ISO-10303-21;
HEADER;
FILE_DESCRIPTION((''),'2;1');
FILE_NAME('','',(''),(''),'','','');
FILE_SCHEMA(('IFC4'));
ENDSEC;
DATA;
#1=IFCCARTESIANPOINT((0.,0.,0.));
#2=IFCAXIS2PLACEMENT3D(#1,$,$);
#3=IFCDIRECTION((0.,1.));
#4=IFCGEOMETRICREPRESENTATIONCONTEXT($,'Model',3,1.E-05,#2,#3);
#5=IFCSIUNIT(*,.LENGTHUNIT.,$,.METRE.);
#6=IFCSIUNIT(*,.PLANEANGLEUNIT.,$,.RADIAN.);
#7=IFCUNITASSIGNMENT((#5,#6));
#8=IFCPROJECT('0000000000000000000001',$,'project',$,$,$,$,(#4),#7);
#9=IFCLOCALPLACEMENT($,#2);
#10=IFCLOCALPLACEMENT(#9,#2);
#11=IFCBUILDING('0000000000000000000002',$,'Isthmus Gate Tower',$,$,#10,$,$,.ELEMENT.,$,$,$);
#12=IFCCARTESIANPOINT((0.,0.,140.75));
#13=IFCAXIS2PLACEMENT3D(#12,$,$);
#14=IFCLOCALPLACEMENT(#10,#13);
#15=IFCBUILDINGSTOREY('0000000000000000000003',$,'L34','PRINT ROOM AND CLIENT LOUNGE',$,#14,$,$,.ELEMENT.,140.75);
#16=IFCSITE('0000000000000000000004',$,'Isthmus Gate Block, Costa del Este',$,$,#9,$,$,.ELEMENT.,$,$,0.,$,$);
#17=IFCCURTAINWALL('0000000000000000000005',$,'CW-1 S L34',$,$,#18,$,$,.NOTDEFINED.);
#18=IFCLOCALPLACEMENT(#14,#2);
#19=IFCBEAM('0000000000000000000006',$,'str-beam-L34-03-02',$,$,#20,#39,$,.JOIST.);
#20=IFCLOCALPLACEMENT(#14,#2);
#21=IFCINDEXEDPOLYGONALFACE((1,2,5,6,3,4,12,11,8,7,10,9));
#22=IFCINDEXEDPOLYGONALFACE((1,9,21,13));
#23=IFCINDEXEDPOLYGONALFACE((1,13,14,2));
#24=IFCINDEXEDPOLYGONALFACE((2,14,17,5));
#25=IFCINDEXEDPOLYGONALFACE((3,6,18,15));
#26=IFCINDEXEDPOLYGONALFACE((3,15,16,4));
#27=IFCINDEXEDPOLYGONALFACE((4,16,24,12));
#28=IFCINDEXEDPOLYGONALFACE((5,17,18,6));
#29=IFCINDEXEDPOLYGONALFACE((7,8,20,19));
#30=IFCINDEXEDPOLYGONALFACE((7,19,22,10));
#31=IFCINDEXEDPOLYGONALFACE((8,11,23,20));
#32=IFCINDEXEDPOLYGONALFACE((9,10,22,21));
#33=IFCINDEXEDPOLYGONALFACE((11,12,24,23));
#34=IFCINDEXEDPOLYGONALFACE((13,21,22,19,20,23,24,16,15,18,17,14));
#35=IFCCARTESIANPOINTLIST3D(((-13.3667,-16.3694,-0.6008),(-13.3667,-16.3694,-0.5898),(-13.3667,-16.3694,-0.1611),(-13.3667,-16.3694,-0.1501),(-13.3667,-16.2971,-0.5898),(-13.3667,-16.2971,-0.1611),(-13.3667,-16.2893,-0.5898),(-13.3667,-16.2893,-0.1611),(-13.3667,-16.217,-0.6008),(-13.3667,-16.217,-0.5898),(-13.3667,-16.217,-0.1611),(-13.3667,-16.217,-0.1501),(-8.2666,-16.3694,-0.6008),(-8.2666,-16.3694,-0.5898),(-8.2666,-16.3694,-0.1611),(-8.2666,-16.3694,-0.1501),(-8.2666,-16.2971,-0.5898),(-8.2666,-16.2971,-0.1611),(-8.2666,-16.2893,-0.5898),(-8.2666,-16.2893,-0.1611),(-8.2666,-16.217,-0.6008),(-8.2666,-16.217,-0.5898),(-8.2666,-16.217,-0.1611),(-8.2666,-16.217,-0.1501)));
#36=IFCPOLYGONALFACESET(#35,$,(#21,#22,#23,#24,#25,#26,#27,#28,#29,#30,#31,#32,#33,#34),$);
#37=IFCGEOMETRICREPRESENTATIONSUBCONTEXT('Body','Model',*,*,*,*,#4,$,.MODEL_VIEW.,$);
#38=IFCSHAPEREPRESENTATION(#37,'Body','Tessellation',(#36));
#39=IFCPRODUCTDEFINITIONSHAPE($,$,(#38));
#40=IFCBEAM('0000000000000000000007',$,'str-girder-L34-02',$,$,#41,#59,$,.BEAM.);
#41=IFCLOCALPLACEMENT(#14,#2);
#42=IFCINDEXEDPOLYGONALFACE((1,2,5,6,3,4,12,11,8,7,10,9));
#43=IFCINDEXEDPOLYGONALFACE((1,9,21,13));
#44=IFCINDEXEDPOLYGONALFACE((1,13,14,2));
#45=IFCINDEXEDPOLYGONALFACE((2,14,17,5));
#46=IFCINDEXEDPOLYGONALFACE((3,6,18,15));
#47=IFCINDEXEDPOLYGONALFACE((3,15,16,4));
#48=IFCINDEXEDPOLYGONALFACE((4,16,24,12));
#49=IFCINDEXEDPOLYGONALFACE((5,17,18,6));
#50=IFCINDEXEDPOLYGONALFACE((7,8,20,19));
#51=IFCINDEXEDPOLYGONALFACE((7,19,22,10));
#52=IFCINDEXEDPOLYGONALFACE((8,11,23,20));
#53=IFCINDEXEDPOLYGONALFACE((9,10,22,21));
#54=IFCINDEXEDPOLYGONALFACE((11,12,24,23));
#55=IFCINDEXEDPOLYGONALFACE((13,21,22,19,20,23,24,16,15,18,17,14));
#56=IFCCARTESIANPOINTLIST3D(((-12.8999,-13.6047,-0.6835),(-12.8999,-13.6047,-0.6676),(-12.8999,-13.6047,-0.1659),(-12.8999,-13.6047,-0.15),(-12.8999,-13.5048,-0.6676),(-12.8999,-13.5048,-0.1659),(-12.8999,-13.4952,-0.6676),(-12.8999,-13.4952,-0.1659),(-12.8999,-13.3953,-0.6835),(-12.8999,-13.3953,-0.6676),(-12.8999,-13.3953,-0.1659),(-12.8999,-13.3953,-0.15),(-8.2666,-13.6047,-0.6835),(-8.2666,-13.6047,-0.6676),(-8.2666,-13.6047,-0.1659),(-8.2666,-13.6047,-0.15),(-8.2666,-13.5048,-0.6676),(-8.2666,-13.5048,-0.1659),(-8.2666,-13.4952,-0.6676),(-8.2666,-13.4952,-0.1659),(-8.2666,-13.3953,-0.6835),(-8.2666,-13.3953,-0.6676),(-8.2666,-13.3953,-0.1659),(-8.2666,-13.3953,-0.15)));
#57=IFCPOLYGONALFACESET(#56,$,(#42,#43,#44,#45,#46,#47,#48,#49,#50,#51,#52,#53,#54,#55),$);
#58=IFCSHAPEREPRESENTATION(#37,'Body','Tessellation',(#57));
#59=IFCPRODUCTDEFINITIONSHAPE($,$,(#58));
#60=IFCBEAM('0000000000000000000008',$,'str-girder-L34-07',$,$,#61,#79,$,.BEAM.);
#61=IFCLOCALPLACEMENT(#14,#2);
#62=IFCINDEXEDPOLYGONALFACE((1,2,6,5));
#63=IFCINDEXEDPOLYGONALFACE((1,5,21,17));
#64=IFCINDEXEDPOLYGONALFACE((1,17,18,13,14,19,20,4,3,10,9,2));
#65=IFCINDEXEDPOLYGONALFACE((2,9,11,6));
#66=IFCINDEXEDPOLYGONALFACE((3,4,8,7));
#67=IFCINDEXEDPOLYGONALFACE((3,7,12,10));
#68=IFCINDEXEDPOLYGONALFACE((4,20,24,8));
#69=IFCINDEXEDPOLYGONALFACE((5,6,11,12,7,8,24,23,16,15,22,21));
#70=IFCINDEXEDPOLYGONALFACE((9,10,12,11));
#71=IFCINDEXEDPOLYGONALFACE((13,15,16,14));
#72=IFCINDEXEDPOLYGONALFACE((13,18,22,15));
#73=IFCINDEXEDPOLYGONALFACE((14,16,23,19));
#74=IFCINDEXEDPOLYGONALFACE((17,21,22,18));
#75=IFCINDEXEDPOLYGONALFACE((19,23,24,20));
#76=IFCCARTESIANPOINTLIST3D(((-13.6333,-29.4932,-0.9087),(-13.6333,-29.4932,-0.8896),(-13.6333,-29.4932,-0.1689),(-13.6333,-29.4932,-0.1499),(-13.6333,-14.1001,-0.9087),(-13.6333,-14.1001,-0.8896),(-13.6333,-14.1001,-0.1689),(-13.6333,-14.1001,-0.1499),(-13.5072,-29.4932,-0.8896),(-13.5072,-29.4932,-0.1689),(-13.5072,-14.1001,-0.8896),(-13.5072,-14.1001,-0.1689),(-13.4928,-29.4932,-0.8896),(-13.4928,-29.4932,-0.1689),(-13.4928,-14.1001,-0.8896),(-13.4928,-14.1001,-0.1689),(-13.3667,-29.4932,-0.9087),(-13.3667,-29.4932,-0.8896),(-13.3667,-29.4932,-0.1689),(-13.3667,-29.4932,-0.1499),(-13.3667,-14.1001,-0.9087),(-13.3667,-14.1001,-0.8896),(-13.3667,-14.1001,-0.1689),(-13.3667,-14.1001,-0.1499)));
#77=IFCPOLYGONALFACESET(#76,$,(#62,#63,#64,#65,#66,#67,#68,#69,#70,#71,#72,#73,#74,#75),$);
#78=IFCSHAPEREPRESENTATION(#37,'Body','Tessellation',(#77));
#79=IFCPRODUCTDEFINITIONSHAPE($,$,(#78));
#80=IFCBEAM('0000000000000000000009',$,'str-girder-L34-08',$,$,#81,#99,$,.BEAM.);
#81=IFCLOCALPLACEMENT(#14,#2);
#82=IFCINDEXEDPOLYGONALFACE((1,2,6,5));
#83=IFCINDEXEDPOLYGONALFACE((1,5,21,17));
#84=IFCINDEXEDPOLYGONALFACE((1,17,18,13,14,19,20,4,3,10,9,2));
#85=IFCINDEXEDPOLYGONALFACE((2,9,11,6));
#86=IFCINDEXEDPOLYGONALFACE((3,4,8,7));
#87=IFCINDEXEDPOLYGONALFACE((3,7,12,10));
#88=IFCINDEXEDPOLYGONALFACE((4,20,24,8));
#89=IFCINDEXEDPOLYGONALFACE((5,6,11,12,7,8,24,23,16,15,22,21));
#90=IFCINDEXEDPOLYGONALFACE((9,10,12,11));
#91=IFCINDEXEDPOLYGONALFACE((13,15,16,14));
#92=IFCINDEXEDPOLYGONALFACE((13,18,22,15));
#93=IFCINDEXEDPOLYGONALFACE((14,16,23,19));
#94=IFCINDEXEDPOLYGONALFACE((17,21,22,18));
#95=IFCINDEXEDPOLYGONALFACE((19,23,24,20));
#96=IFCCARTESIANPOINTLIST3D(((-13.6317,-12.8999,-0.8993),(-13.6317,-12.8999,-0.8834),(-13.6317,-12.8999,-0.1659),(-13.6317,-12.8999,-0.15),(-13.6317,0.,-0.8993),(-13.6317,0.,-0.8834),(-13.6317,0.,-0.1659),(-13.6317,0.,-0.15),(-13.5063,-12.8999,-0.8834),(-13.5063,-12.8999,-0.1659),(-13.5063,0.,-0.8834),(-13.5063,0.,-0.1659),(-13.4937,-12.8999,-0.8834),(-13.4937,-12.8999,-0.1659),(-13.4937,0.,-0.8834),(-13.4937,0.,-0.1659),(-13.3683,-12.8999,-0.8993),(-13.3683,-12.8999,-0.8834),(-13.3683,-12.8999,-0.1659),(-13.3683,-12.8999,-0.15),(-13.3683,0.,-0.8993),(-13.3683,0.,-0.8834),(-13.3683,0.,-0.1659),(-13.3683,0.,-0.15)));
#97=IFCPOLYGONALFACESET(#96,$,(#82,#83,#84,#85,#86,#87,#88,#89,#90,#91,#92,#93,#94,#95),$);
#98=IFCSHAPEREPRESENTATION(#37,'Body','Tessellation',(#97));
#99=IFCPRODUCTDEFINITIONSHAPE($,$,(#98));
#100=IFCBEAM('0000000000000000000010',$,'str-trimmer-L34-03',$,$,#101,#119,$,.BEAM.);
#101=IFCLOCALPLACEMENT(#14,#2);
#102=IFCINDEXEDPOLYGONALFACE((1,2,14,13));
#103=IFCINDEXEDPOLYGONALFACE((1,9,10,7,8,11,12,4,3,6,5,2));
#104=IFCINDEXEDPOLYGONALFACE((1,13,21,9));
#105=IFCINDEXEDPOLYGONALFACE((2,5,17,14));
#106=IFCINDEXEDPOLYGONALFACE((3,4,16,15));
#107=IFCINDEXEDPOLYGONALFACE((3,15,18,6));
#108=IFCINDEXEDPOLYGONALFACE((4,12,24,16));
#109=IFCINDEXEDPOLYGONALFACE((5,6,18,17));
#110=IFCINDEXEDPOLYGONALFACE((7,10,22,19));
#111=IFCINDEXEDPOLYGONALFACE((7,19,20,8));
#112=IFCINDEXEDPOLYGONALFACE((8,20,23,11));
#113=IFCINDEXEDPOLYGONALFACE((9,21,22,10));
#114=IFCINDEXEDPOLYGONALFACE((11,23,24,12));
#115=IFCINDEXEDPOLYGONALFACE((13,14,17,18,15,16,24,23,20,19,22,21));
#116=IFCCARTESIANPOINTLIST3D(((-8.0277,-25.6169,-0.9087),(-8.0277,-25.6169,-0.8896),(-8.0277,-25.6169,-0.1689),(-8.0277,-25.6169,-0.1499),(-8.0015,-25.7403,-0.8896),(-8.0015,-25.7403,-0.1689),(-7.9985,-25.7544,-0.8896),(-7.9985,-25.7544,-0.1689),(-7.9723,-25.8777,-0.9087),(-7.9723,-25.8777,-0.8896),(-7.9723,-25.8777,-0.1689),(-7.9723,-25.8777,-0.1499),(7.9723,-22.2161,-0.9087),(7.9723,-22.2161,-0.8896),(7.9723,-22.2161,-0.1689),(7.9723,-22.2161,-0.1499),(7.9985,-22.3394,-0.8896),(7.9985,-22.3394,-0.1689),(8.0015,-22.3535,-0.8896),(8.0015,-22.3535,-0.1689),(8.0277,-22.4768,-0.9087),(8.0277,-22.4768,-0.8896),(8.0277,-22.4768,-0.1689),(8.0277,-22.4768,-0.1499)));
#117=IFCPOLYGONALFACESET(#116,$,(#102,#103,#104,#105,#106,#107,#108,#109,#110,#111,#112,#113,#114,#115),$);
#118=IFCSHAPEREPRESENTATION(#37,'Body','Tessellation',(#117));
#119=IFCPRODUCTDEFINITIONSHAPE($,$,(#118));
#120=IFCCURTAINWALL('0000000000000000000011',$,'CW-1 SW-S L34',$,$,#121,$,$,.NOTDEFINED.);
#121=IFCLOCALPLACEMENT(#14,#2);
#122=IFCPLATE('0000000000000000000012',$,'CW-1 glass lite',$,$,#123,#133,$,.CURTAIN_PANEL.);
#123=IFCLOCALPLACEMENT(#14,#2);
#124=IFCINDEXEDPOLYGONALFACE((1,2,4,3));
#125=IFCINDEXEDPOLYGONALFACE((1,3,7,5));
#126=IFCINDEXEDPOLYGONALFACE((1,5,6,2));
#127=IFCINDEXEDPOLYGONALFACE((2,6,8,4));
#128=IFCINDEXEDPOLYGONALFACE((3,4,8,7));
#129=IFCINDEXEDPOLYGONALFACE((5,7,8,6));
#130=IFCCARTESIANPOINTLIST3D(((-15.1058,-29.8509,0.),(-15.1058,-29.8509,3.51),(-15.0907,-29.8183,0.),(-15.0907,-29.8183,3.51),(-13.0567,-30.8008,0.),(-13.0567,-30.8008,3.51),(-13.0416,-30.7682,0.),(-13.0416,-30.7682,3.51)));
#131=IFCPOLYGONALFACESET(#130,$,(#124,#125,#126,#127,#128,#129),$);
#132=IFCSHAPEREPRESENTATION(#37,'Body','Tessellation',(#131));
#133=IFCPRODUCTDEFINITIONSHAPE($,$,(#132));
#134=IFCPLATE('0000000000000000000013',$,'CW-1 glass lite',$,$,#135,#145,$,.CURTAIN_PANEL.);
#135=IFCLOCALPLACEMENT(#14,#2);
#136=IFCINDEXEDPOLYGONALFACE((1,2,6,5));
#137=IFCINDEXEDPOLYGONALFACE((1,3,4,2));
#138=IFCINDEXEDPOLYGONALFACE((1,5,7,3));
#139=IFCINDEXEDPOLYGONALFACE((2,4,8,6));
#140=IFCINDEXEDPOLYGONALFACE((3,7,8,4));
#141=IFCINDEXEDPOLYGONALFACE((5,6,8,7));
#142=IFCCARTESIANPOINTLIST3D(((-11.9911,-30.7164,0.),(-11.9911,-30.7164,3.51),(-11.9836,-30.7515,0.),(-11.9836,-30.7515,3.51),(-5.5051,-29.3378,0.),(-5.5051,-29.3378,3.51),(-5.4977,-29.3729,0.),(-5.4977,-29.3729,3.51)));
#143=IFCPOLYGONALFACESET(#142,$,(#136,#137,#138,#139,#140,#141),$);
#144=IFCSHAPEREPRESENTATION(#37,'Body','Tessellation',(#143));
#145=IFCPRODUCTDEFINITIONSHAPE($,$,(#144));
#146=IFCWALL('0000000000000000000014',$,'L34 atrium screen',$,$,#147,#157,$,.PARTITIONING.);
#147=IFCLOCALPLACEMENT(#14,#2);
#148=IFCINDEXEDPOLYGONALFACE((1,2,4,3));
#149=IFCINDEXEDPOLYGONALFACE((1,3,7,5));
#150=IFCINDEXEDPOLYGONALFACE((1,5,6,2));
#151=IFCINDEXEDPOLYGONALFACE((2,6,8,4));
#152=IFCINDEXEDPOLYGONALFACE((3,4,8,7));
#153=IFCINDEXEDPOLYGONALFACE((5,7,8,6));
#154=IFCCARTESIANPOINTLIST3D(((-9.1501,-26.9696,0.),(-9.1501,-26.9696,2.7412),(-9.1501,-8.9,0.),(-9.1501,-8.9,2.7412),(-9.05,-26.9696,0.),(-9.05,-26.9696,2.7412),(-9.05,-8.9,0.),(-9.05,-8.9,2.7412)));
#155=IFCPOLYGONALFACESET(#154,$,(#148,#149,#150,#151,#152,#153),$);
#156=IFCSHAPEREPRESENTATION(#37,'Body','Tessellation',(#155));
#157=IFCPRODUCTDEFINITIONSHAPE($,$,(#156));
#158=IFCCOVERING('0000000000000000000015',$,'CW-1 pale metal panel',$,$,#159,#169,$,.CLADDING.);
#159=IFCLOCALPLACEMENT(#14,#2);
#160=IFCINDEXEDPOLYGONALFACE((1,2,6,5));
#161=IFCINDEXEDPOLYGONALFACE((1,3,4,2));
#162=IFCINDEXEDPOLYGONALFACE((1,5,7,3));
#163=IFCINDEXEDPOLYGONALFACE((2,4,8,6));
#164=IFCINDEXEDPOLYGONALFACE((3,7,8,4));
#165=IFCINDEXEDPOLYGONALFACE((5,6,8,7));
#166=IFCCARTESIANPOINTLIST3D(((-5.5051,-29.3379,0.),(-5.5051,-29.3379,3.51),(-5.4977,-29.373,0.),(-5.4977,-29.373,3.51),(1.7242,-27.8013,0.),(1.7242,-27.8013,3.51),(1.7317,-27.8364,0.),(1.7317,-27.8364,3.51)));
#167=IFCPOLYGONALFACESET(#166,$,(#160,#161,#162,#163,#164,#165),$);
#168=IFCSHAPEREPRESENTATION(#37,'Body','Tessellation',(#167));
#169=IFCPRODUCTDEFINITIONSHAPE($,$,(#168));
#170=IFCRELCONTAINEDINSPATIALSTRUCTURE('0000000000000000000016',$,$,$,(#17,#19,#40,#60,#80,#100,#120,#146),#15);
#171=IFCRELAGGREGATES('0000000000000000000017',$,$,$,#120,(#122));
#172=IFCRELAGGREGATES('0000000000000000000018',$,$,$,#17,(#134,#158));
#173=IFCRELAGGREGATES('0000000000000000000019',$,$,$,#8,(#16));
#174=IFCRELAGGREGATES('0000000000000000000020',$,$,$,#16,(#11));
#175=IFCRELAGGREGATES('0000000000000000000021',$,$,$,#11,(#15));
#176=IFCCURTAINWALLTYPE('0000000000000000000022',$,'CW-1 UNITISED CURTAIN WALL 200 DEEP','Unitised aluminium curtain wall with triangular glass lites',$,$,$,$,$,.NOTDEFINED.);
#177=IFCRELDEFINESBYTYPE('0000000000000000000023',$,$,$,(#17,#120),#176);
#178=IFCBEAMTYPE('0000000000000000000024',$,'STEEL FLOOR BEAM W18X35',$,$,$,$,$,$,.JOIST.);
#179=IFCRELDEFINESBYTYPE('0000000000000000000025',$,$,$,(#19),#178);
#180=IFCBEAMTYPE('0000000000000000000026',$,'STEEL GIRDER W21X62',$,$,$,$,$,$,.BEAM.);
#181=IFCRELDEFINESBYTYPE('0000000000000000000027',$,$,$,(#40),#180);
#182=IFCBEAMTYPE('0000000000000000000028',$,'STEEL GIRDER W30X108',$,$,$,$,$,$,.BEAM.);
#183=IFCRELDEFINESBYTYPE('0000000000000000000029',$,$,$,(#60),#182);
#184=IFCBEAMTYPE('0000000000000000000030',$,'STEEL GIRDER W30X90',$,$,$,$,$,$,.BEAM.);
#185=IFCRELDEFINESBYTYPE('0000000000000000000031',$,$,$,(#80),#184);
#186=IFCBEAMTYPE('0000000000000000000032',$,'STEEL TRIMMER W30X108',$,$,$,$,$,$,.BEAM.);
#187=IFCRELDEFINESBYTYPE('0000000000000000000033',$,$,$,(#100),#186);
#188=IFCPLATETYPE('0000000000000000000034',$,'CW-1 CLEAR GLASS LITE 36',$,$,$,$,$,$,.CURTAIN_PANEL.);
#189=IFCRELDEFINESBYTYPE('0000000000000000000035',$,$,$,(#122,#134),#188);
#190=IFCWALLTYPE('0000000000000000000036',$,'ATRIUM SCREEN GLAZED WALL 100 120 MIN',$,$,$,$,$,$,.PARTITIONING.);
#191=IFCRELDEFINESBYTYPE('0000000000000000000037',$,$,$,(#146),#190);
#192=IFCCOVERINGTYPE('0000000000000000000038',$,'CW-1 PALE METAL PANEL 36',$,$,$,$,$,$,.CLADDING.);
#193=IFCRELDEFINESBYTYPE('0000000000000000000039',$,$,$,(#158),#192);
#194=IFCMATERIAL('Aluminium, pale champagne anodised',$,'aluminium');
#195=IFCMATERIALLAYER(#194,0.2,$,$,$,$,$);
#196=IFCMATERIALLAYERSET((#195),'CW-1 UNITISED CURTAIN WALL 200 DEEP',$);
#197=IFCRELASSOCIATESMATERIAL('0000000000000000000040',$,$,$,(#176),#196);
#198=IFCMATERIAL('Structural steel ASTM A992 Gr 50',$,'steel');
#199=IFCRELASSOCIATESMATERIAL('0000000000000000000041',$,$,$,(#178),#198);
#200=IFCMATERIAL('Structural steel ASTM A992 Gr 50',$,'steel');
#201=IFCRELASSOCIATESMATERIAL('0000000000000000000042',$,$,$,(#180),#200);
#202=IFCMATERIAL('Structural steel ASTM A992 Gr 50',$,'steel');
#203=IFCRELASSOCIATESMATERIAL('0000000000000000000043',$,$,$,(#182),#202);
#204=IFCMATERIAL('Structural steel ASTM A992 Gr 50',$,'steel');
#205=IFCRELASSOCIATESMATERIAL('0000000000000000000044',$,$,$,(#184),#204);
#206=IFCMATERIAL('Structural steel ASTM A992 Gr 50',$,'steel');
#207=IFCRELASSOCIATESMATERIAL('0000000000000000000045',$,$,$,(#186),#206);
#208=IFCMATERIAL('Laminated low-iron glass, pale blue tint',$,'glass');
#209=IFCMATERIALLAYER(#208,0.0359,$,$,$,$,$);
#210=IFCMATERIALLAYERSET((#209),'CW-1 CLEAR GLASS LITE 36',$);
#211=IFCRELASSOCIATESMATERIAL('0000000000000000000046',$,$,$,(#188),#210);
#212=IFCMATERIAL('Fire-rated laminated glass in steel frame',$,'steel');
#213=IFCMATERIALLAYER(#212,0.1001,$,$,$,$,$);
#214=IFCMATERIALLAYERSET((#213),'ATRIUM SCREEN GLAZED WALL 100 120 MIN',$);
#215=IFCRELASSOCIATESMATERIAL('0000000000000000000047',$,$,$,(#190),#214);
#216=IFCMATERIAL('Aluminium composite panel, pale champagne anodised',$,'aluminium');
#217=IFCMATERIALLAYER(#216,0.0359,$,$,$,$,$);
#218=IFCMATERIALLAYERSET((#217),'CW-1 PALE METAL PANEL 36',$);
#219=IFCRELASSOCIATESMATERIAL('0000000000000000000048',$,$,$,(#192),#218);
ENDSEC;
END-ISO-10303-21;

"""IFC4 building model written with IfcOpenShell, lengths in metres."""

from ifc_helpers import new_model, si_unit, direction, frame, frame_2d, origin, origin_2d, place, context, subcontext, project, spatial, rectangle, i_section, extrude, material, layer, layer_set, material_profile, profile_set, type_object, element, aggregate, save


model = new_model("IFC4")

# Units and contexts
model_context = context("Model", 3, precision=1e-05, world=origin(), true_north=direction((0.0, 1.0)))
body_context = subcontext(model_context, "Body", "Model", "MODEL_VIEW")
ifc_project = project(units=[si_unit("LENGTHUNIT", "METRE"), si_unit("PLANEANGLEUNIT", "RADIAN")], contexts=[model_context])

# Site, building, storey
site_placement = place(None, origin())
site = spatial("IfcSite", under=ifc_project, at=site_placement, Name="Isthmus Gate Block, Costa del Este", CompositionType="ELEMENT", RefElevation=0.0)
building_placement = place(site_placement, origin())
building = spatial("IfcBuilding", under=site, at=building_placement, Name="Isthmus Gate Tower", CompositionType="ELEMENT")
storey_placement = place(building_placement, frame((0.0, 0.0, 140.75)))
storey = spatial("IfcBuildingStorey", under=building, at=storey_placement, Name="L34", Description="PRINT ROOM AND CLIENT LOUNGE", CompositionType="ELEMENT", Elevation=140.75)

# Curtain wall
ifc_material_1 = material(Name="Aluminium, pale champagne anodised", Category="aluminium")
ifc_layer_1 = layer(ifc_material_1, 0.2)
ifc_layer_set_1 = layer_set([ifc_layer_1], Name="CW-1 UNITISED CURTAIN WALL 200 DEEP")
curtain_wall_type = type_object("IfcCurtainWallType", Name="CW-1 UNITISED CURTAIN WALL 200 DEEP", Description="Unitised aluminium curtain wall with triangular glass lites", PredefinedType="NOTDEFINED", material=ifc_layer_set_1)
curtain_wall_1_placement = place(storey_placement, origin())
curtain_wall_1 = element("IfcCurtainWall", 1, at=curtain_wall_1_placement, inside=storey, type_object=curtain_wall_type, Name="CW-1 S L34", PredefinedType="NOTDEFINED")

# Beams
ifc_material_2 = material(Name="Structural steel ASTM A992 Gr 50", Category="steel")
ifc_material_profile_1 = material_profile(ifc_material_2, i_section(OverallWidth=0.1523, OverallDepth=0.4507, WebThickness=0.0078, FlangeThickness=0.011, at=origin_2d()), Name="W18X35")
ifc_profile_set_1 = profile_set([ifc_material_profile_1], Name="Structural steel ASTM A992 Gr 50")
beam_type_1 = type_object("IfcBeamType", Name="STEEL FLOOR BEAM W18X35", PredefinedType="JOIST", material=ifc_profile_set_1)
for number, where, z_axis, x_axis, name in (
    (2, (-13.3667, -16.2932, -0.3755), (1.0, 0.0, 0.0), (0.0, 1.0, 0.0), "str-beam-L34-03-02"),
):
    element("IfcBeam", number, at=place(storey_placement, frame(where, z_axis=z_axis, x_axis=x_axis)), inside=storey, type_object=beam_type_1, Name=name, PredefinedType="JOIST", context=body_context, shape_type="SweptSolid", body=[
        extrude(i_section(OverallWidth=0.1523, OverallDepth=0.4507, WebThickness=0.0078, FlangeThickness=0.011, at=origin_2d()), origin(), (0.0, 0.0, 1.0), 5.1001),
    ])
ifc_material_3 = material(Name="Structural steel ASTM A992 Gr 50", Category="steel")
ifc_material_profile_2 = material_profile(ifc_material_3, i_section(OverallWidth=0.2095, OverallDepth=0.5334, WebThickness=0.0095, FlangeThickness=0.0159, at=origin_2d()), Name="W21X62")
ifc_profile_set_2 = profile_set([ifc_material_profile_2], Name="Structural steel ASTM A992 Gr 50")
beam_type_2 = type_object("IfcBeamType", Name="STEEL GIRDER W21X62", PredefinedType="BEAM", material=ifc_profile_set_2)
beam_1_placement = place(storey_placement, frame((-12.8999, -13.5, -0.4167), z_axis=(1.0, 0.0, 0.0), x_axis=(0.0, 1.0, 0.0)))
element("IfcBeam", 3, at=beam_1_placement, inside=storey, type_object=beam_type_2, Name="str-girder-L34-02", PredefinedType="BEAM", context=body_context, shape_type="SweptSolid", body=[
    extrude(i_section(OverallWidth=0.2095, OverallDepth=0.5334, WebThickness=0.0095, FlangeThickness=0.0159, at=origin_2d()), origin(), (0.0, 0.0, 1.0), 4.6333),
])
ifc_material_4 = material(Name="Structural steel ASTM A992 Gr 50", Category="steel")
ifc_material_profile_3 = material_profile(ifc_material_4, i_section(OverallWidth=0.2666, OverallDepth=0.7588, WebThickness=0.0144, FlangeThickness=0.019, at=origin_2d()), Name="W30X108")
ifc_profile_set_3 = profile_set([ifc_material_profile_3], Name="Structural steel ASTM A992 Gr 50")
beam_type_3 = type_object("IfcBeamType", Name="STEEL GIRDER W30X108", PredefinedType="BEAM", material=ifc_profile_set_3)
beam_2_placement = place(storey_placement, frame((-13.5, -29.4932, -0.5293), z_axis=(0.0, 1.0, 0.0), x_axis=(-1.0, 0.0, 0.0)))
element("IfcBeam", 4, at=beam_2_placement, inside=storey, type_object=beam_type_3, Name="str-girder-L34-07", PredefinedType="BEAM", context=body_context, shape_type="SweptSolid", body=[
    extrude(i_section(OverallWidth=0.2666, OverallDepth=0.7588, WebThickness=0.0144, FlangeThickness=0.019, at=origin_2d()), origin(), (0.0, 0.0, 1.0), 15.3931),
])
ifc_material_5 = material(Name="Structural steel ASTM A992 Gr 50", Category="steel")
ifc_material_profile_4 = material_profile(ifc_material_5, i_section(OverallWidth=0.2634, OverallDepth=0.7493, WebThickness=0.0127, FlangeThickness=0.0159, at=origin_2d()), Name="W30X90")
ifc_profile_set_4 = profile_set([ifc_material_profile_4], Name="Structural steel ASTM A992 Gr 50")
beam_type_4 = type_object("IfcBeamType", Name="STEEL GIRDER W30X90", PredefinedType="BEAM", material=ifc_profile_set_4)
beam_3_placement = place(storey_placement, frame((-13.5, -12.8999, -0.5247), z_axis=(0.0, 1.0, 0.0), x_axis=(-1.0, 0.0, 0.0)))
element("IfcBeam", 5, at=beam_3_placement, inside=storey, type_object=beam_type_4, Name="str-girder-L34-08", PredefinedType="BEAM", context=body_context, shape_type="SweptSolid", body=[
    extrude(i_section(OverallWidth=0.2634, OverallDepth=0.7493, WebThickness=0.0127, FlangeThickness=0.0159, at=origin_2d()), origin(), (0.0, 0.0, 1.0), 12.8999),
])
ifc_material_6 = material(Name="Structural steel ASTM A992 Gr 50", Category="steel")
ifc_material_profile_5 = material_profile(ifc_material_6, i_section(OverallWidth=0.2666, OverallDepth=0.7588, WebThickness=0.0144, FlangeThickness=0.019, at=origin_2d()), Name="W30X108")
ifc_profile_set_5 = profile_set([ifc_material_profile_5], Name="Structural steel ASTM A992 Gr 50")
beam_type_5 = type_object("IfcBeamType", Name="STEEL TRIMMER W30X108", PredefinedType="BEAM", material=ifc_profile_set_5)
beam_4_placement = place(storey_placement, frame((-8.0, -25.7473, -0.5293), z_axis=(0.978148, 0.20791, 0.0), x_axis=(-0.20791, 0.978148, 0.0)))
element("IfcBeam", 6, at=beam_4_placement, inside=storey, type_object=beam_type_5, Name="str-trimmer-L34-03", PredefinedType="BEAM", context=body_context, shape_type="SweptSolid", body=[
    extrude(i_section(OverallWidth=0.2666, OverallDepth=0.7588, WebThickness=0.0144, FlangeThickness=0.019, at=origin_2d()), origin(), (0.0, 0.0, 1.0), 16.3574),
])

# Curtain wall, plate
curtain_wall_2_placement = place(storey_placement, origin())
curtain_wall_2 = element("IfcCurtainWall", 7, at=curtain_wall_2_placement, inside=storey, type_object=curtain_wall_type, Name="CW-1 SW-S L34", PredefinedType="NOTDEFINED")
ifc_material_7 = material(Name="Laminated low-iron glass, pale blue tint", Category="glass")
ifc_layer_2 = layer(ifc_material_7, 0.0359)
ifc_layer_set_2 = layer_set([ifc_layer_2], Name="CW-1 CLEAR GLASS LITE 36")
plate_type = type_object("IfcPlateType", Name="CW-1 CLEAR GLASS LITE 36", PredefinedType="CURTAIN_PANEL", material=ifc_layer_set_2)
plate_1_placement = place(storey_placement, frame((-14.0737, -30.3096, 0.0), z_axis=(0.0, 0.0, 1.0), x_axis=(0.907256, -0.420578, 0.0)))
plate_1 = element("IfcPlate", 8, at=plate_1_placement, type_object=plate_type, Name="CW-1 glass lite", PredefinedType="CURTAIN_PANEL", context=body_context, shape_type="SweptSolid", body=[
    extrude(rectangle(XDim=2.2585, YDim=0.0359, at=origin_2d()), origin(), (0.0, 0.0, 1.0), 3.51),
])
aggregate(curtain_wall_2, [plate_1])

# Plate
plate_2_placement = place(storey_placement, frame((-8.7444, -30.0447, 0.0), z_axis=(0.0, 0.0, 1.0), x_axis=(0.978148, 0.207912, 0.0)))
plate_2 = element("IfcPlate", 9, at=plate_2_placement, type_object=plate_type, Name="CW-1 glass lite", PredefinedType="CURTAIN_PANEL", context=body_context, shape_type="SweptSolid", body=[
    extrude(rectangle(XDim=6.6309, YDim=0.0359, at=origin_2d()), origin(), (0.0, 0.0, 1.0), 3.51),
])

# Wall
ifc_material_8 = material(Name="Fire-rated laminated glass in steel frame", Category="steel")
ifc_layer_3 = layer(ifc_material_8, 0.1001)
ifc_layer_set_3 = layer_set([ifc_layer_3], Name="ATRIUM SCREEN GLAZED WALL 100 120 MIN")
wall_type = type_object("IfcWallType", Name="ATRIUM SCREEN GLAZED WALL 100 120 MIN", PredefinedType="PARTITIONING", material=ifc_layer_set_3)
wall_placement = place(storey_placement, frame((-9.1001, -26.9695, 0.0), z_axis=(0.0, 0.0, 1.0), x_axis=(0.0, 1.0, 0.0)))
element("IfcWall", 10, at=wall_placement, inside=storey, type_object=wall_type, Name="L34 atrium screen", PredefinedType="PARTITIONING", context=body_context, shape_type="SweptSolid", body=[
    extrude(rectangle(XDim=18.0696, YDim=0.1001, at=frame_2d((9.0347, 0.0))), origin(), (0.0, 0.0, 1.0), 2.7412),
])

# Covering
ifc_material_9 = material(Name="Aluminium composite panel, pale champagne anodised", Category="aluminium")
ifc_layer_4 = layer(ifc_material_9, 0.0359)
ifc_layer_set_4 = layer_set([ifc_layer_4], Name="CW-1 PALE METAL PANEL 36")
covering_type = type_object("IfcCoveringType", Name="CW-1 PALE METAL PANEL 36", PredefinedType="CLADDING", material=ifc_layer_set_4)
covering_placement = place(storey_placement, frame((-1.8867, -28.5872, 0.0), z_axis=(0.0, 0.0, 1.0), x_axis=(0.978148, 0.207912, 0.0)))
covering = element("IfcCovering", 11, at=covering_placement, type_object=covering_type, Name="CW-1 pale metal panel", PredefinedType="CLADDING", context=body_context, shape_type="SweptSolid", body=[
    extrude(rectangle(XDim=7.3909, YDim=0.0359, at=origin_2d()), origin(), (0.0, 0.0, 1.0), 3.51),
])
aggregate(curtain_wall_1, [plate_2, covering])

save(model, "model.ifc")
